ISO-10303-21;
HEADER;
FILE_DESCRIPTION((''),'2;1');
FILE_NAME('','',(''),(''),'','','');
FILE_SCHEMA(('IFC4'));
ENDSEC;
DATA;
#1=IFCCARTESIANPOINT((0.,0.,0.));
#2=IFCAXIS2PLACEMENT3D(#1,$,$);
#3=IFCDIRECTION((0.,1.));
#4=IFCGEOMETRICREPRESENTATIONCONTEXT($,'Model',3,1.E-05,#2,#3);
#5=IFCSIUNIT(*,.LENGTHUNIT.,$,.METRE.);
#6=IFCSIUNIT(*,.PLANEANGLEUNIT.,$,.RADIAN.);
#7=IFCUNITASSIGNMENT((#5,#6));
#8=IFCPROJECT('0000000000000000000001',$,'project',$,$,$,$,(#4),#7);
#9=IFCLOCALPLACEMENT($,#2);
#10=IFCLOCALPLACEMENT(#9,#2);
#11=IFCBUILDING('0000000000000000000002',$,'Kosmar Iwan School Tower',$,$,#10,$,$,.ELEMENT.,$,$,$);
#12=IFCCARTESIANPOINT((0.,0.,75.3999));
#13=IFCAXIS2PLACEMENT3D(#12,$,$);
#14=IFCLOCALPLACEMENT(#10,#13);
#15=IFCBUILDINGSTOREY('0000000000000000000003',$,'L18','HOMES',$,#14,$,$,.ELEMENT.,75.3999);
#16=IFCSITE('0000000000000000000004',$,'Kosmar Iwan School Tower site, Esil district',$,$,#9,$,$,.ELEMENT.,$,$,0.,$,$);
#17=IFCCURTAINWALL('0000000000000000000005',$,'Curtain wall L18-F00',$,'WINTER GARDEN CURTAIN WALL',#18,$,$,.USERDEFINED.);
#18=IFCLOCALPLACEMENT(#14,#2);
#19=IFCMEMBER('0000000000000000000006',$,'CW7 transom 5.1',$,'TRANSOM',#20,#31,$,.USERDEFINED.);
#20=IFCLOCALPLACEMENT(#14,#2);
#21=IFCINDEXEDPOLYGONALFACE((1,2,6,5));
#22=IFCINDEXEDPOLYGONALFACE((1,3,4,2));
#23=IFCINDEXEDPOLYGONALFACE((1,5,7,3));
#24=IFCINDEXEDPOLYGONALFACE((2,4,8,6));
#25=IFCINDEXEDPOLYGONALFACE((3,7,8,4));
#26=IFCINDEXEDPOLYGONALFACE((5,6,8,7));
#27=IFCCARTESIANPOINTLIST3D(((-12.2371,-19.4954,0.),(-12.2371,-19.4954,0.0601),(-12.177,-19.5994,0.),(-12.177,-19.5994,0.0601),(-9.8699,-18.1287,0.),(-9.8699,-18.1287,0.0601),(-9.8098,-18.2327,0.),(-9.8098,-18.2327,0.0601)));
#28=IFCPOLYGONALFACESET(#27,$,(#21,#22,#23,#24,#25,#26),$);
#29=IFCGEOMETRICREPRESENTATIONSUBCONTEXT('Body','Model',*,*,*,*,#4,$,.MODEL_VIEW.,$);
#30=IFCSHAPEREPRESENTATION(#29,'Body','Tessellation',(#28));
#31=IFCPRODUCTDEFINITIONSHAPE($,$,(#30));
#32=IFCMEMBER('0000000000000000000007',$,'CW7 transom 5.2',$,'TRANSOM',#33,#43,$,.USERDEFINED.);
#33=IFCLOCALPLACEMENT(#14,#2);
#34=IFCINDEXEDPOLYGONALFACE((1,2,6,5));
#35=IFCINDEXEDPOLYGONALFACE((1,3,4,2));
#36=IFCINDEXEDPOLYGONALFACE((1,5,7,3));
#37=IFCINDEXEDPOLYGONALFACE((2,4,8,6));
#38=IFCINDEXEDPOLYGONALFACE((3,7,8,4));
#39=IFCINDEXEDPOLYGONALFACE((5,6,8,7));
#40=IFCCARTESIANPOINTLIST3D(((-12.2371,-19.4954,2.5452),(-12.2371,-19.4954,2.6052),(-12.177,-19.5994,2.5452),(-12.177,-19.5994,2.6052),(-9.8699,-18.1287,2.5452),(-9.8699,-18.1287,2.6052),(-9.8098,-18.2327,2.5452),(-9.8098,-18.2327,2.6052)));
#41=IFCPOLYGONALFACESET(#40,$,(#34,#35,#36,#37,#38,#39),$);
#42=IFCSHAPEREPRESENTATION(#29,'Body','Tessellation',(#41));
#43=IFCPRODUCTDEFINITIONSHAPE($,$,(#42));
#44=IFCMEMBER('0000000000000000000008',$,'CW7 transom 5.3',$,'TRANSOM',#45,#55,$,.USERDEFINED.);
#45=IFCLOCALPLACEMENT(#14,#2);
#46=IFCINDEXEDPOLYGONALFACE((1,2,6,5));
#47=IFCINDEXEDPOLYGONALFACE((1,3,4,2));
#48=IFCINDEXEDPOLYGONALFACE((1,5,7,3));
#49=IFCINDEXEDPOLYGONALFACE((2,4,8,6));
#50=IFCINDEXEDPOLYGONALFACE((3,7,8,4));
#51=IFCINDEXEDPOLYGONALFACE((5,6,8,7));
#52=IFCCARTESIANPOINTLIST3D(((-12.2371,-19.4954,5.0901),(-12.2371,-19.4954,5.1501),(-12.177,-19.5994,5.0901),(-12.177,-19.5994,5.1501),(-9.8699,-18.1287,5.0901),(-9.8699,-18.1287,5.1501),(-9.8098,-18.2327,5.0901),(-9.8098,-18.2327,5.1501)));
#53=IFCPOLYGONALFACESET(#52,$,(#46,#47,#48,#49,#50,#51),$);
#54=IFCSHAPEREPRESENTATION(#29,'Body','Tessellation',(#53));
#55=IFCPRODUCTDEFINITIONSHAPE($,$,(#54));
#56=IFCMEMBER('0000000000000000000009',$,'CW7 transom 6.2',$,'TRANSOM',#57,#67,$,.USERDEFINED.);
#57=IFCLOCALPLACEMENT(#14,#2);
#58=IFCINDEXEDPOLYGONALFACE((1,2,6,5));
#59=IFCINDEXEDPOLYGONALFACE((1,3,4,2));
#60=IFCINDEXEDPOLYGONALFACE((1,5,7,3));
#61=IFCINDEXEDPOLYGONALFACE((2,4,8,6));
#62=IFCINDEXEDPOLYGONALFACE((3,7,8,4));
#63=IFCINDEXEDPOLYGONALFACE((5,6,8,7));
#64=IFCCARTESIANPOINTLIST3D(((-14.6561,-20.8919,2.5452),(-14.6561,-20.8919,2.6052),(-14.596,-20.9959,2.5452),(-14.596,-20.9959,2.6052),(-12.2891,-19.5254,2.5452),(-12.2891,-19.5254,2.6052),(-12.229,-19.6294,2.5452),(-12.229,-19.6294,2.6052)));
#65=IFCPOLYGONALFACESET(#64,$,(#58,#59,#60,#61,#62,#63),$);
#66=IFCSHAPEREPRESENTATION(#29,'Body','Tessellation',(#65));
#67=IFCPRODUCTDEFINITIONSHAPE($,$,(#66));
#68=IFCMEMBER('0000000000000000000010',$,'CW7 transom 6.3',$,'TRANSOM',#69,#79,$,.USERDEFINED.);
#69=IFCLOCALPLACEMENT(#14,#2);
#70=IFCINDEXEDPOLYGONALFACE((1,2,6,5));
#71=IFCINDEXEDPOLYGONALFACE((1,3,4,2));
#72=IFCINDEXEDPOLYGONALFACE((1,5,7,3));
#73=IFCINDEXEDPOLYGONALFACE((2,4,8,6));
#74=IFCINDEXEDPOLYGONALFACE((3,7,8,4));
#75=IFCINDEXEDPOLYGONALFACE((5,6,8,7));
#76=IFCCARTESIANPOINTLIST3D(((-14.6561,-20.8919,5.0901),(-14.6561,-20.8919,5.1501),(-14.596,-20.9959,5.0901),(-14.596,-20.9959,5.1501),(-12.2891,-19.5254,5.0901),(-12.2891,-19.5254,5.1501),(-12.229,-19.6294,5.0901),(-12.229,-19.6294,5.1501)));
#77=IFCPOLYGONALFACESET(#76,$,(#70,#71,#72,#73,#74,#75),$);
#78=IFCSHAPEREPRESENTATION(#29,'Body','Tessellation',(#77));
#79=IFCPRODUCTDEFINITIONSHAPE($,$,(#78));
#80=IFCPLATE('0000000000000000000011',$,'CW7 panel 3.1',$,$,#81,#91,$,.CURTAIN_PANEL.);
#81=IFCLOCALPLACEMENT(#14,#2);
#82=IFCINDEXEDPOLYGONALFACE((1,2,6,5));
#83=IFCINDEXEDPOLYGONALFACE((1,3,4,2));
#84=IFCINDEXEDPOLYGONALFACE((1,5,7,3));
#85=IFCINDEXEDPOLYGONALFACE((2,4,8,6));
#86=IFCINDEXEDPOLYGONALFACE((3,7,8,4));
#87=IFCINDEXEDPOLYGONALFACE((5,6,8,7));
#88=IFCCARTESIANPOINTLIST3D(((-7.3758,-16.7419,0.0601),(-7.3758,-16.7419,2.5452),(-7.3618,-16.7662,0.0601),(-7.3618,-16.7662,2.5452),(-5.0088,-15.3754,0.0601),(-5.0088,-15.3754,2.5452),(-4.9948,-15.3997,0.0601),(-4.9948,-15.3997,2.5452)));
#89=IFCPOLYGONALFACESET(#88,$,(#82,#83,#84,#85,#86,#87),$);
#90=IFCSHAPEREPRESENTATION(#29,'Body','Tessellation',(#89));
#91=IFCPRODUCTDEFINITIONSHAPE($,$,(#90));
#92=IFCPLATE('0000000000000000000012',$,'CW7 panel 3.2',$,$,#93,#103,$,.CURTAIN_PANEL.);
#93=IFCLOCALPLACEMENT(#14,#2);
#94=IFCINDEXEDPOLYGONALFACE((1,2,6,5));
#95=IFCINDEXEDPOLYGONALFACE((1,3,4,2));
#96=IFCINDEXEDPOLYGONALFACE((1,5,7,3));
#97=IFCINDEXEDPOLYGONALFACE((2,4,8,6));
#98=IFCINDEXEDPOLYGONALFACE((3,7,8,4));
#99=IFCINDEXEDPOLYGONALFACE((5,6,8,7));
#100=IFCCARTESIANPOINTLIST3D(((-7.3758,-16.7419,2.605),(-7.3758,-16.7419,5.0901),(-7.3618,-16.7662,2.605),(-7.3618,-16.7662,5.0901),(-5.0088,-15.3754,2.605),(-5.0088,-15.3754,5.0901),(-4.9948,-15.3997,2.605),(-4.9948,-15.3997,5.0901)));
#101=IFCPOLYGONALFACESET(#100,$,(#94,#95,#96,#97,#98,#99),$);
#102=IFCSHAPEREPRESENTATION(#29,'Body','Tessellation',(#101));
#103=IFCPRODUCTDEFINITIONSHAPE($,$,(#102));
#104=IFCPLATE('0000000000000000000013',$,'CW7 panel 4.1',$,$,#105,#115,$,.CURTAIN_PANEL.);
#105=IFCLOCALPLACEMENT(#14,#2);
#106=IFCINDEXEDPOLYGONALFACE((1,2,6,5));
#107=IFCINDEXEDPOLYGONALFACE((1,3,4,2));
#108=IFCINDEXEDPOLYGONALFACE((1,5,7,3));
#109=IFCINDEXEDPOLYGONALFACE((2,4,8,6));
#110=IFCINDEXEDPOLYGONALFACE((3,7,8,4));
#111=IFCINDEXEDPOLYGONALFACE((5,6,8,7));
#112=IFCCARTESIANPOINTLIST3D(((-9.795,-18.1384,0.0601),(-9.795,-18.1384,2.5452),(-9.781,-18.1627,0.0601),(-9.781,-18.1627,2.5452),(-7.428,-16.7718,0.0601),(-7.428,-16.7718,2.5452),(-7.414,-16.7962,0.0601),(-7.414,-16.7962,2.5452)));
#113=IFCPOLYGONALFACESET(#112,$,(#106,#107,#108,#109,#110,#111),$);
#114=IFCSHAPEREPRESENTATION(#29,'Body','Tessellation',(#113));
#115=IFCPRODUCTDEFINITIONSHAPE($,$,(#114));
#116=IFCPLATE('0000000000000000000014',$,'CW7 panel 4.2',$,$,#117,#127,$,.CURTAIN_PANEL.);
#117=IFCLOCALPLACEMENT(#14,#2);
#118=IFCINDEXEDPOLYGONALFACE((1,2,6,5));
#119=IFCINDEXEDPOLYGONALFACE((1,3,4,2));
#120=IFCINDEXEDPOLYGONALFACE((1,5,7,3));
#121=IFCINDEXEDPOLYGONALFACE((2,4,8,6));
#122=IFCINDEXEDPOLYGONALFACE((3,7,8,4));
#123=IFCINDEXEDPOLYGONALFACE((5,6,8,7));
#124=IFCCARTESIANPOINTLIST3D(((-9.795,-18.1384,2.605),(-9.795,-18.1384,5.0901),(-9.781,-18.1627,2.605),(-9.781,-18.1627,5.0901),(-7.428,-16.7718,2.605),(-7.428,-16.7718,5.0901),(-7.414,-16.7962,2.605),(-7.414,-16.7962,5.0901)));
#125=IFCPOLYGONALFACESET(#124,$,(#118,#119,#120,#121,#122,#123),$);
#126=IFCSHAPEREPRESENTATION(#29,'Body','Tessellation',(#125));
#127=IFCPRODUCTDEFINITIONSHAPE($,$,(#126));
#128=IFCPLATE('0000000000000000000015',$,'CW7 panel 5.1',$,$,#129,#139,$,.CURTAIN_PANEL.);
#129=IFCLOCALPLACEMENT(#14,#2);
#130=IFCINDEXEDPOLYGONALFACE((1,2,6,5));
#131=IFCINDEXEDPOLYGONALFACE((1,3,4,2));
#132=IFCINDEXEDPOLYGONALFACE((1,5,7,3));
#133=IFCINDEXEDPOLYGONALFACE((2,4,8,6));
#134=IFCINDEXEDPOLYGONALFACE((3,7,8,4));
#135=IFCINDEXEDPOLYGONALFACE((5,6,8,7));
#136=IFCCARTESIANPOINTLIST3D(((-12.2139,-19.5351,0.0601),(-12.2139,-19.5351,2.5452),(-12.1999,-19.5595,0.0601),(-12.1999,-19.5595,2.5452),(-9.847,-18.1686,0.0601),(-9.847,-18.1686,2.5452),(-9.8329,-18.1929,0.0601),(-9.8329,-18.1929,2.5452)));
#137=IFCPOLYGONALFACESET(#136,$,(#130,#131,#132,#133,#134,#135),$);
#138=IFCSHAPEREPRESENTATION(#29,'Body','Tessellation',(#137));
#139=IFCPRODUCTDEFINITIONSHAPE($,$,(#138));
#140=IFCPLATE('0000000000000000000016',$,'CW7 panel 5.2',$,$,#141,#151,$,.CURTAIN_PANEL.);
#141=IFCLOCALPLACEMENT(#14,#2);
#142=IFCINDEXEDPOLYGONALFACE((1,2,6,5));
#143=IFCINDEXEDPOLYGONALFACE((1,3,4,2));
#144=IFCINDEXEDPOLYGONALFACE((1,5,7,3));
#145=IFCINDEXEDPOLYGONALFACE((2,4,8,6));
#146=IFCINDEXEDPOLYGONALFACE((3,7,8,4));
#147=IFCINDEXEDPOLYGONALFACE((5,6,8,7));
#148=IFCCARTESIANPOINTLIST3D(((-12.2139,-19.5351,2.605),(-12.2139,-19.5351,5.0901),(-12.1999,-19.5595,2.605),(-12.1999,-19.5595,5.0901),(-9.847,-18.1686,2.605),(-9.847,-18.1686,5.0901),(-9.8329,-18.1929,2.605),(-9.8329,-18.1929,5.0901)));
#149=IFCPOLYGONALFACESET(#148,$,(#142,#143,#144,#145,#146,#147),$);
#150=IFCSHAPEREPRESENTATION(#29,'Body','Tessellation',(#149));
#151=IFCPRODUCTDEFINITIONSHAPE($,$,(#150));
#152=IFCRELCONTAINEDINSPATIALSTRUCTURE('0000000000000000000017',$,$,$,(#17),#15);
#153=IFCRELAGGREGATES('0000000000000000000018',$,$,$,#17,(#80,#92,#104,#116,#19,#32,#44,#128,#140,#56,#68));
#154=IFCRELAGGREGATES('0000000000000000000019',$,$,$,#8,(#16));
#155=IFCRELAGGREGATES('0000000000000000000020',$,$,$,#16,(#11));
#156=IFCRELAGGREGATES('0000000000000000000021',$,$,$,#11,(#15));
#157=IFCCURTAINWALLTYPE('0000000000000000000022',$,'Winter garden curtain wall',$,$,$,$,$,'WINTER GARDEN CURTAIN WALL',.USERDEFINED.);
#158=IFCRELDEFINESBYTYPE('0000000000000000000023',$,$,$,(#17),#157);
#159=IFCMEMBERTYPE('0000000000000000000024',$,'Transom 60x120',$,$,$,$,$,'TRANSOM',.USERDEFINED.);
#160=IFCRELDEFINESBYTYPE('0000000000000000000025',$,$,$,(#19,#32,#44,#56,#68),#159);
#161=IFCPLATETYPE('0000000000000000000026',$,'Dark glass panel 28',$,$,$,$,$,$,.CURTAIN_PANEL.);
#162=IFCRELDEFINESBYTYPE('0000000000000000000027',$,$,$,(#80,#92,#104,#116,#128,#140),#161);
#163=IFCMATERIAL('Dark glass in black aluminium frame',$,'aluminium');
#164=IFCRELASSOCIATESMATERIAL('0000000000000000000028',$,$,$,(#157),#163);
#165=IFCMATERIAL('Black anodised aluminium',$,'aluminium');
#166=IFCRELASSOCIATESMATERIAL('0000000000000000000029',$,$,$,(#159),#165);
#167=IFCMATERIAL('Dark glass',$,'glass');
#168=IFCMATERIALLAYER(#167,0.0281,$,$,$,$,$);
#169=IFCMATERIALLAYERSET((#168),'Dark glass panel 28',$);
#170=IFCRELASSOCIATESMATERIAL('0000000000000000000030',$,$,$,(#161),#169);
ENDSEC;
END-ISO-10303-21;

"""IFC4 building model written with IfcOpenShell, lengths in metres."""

from ifc_helpers import new_model, si_unit, direction, frame, origin, origin_2d, place, context, subcontext, project, spatial, rectangle, extrude, material, layer, layer_set, material_profile, profile_set, type_object, element, aggregate, save


model = new_model("IFC4")

# Units and contexts
model_context = context("Model", 3, precision=1e-05, world=origin(), true_north=direction((0.0, 1.0)))
body_context = subcontext(model_context, "Body", "Model", "MODEL_VIEW")
ifc_project = project(units=[si_unit("LENGTHUNIT", "METRE"), si_unit("PLANEANGLEUNIT", "RADIAN")], contexts=[model_context])

# Site, building, storey
site_placement = place(None, origin())
site = spatial("IfcSite", under=ifc_project, at=site_placement, Name="Kosmar Iwan School Tower site, Esil district", CompositionType="ELEMENT", RefElevation=0.0)
building_placement = place(site_placement, origin())
building = spatial("IfcBuilding", under=site, at=building_placement, Name="Kosmar Iwan School Tower", CompositionType="ELEMENT")
storey_placement = place(building_placement, frame((0.0, 0.0, 75.3999)))
storey = spatial("IfcBuildingStorey", under=building, at=storey_placement, Name="L18", Description="HOMES", CompositionType="ELEMENT", Elevation=75.3999)

# Curtain wall
ifc_material_1 = material(Name="Dark glass in black aluminium frame", Category="aluminium")
curtain_wall_type = type_object("IfcCurtainWallType", Name="Winter garden curtain wall", ElementType="WINTER GARDEN CURTAIN WALL", PredefinedType="USERDEFINED", material=ifc_material_1)
curtain_wall_placement = place(storey_placement, origin())
curtain_wall = element("IfcCurtainWall", 1, at=curtain_wall_placement, inside=storey, type_object=curtain_wall_type, Name="Curtain wall L18-F00", ObjectType="WINTER GARDEN CURTAIN WALL", PredefinedType="USERDEFINED")

# Members
ifc_material_2 = material(Name="Black anodised aluminium", Category="aluminium")
ifc_material_profile_1 = material_profile(ifc_material_2, rectangle(XDim=0.1201, YDim=0.0601, at=origin_2d()), Name="TRANSOM 60x120")
ifc_profile_set_1 = profile_set([ifc_material_profile_1], Name="Black anodised aluminium")
member_type_1 = type_object("IfcMemberType", Name="Transom 60x120", ElementType="TRANSOM", PredefinedType="USERDEFINED", material=ifc_profile_set_1)
member_1_placement = place(storey_placement, frame((-9.8398, -18.1807, 0.03), z_axis=(-0.866025, -0.500001, 0.0), x_axis=(0.500001, -0.866025, 0.0)))
member_1 = element("IfcMember", 2, at=member_1_placement, type_object=member_type_1, Name="CW7 transom 5.1", ObjectType="TRANSOM", PredefinedType="USERDEFINED", context=body_context, shape_type="SweptSolid", body=[
    extrude(rectangle(XDim=0.1201, YDim=0.0601, at=origin_2d()), origin(), (0.0, 0.0, 1.0), 2.7334),
])
member_2_placement = place(storey_placement, frame((-9.8398, -18.1807, 2.5752), z_axis=(-0.866025, -0.500001, 0.0), x_axis=(0.500001, -0.866025, 0.0)))
member_2 = element("IfcMember", 3, at=member_2_placement, type_object=member_type_1, Name="CW7 transom 5.2", ObjectType="TRANSOM", PredefinedType="USERDEFINED", context=body_context, shape_type="SweptSolid", body=[
    extrude(rectangle(XDim=0.1201, YDim=0.0601, at=origin_2d()), origin(), (0.0, 0.0, 1.0), 2.7334),
])
member_3_placement = place(storey_placement, frame((-9.8398, -18.1807, 5.1201), z_axis=(-0.866025, -0.500001, 0.0), x_axis=(0.500001, -0.866025, 0.0)))
member_3 = element("IfcMember", 4, at=member_3_placement, type_object=member_type_1, Name="CW7 transom 5.3", ObjectType="TRANSOM", PredefinedType="USERDEFINED", context=body_context, shape_type="SweptSolid", body=[
    extrude(rectangle(XDim=0.1201, YDim=0.0601, at=origin_2d()), origin(), (0.0, 0.0, 1.0), 2.7334),
])
member_4_placement = place(storey_placement, frame((-12.259, -19.5774, 2.5752), z_axis=(-0.866041, -0.499972, 0.0), x_axis=(0.499972, -0.866041, 0.0)))
member_4 = element("IfcMember", 5, at=member_4_placement, type_object=member_type_1, Name="CW7 transom 6.2", ObjectType="TRANSOM", PredefinedType="USERDEFINED", context=body_context, shape_type="SweptSolid", body=[
    extrude(rectangle(XDim=0.1201, YDim=0.0601, at=origin_2d()), origin(), (0.0, 0.0, 1.0), 2.7332),
])
member_5_placement = place(storey_placement, frame((-12.259, -19.5774, 5.1201), z_axis=(-0.866041, -0.499972, 0.0), x_axis=(0.499972, -0.866041, 0.0)))
member_5 = element("IfcMember", 6, at=member_5_placement, type_object=member_type_1, Name="CW7 transom 6.3", ObjectType="TRANSOM", PredefinedType="USERDEFINED", context=body_context, shape_type="SweptSolid", body=[
    extrude(rectangle(XDim=0.1201, YDim=0.0601, at=origin_2d()), origin(), (0.0, 0.0, 1.0), 2.7332),
])

# Plates
ifc_material_3 = material(Name="Dark glass", Category="glass")
ifc_layer = layer(ifc_material_3, 0.0281)
ifc_layer_set = layer_set([ifc_layer], Name="Dark glass panel 28")
plate_type = type_object("IfcPlateType", Name="Dark glass panel 28", PredefinedType="CURTAIN_PANEL", material=ifc_layer_set)
plate_1_placement = place(storey_placement, frame((-6.1853, -16.0708, 0.0601), z_axis=(0.0, 0.0, 1.0), x_axis=(-0.866025, -0.5, 0.0)))
plate_1 = element("IfcPlate", 7, at=plate_1_placement, type_object=plate_type, Name="CW7 panel 3.1", PredefinedType="CURTAIN_PANEL", context=body_context, shape_type="SweptSolid", body=[
    extrude(rectangle(XDim=2.7332, YDim=0.0281, at=origin_2d()), origin(), (0.0, 0.0, 1.0), 2.4851),
])
plate_2_placement = place(storey_placement, frame((-6.1853, -16.0708, 2.605), z_axis=(0.0, 0.0, 1.0), x_axis=(-0.866025, -0.5, 0.0)))
plate_2 = element("IfcPlate", 8, at=plate_2_placement, type_object=plate_type, Name="CW7 panel 3.2", PredefinedType="CURTAIN_PANEL", context=body_context, shape_type="SweptSolid", body=[
    extrude(rectangle(XDim=2.7332, YDim=0.0281, at=origin_2d()), origin(), (0.0, 0.0, 1.0), 2.4851),
])
plate_3_placement = place(storey_placement, frame((-8.6045, -17.4673, 0.0601), z_axis=(0.0, 0.0, 1.0), x_axis=(-0.866025, -0.5, 0.0)))
plate_3 = element("IfcPlate", 9, at=plate_3_placement, type_object=plate_type, Name="CW7 panel 4.1", PredefinedType="CURTAIN_PANEL", context=body_context, shape_type="SweptSolid", body=[
    extrude(rectangle(XDim=2.7332, YDim=0.0281, at=origin_2d()), origin(), (0.0, 0.0, 1.0), 2.4851),
])
plate_4_placement = place(storey_placement, frame((-8.6045, -17.4673, 2.605), z_axis=(0.0, 0.0, 1.0), x_axis=(-0.866025, -0.5, 0.0)))
plate_4 = element("IfcPlate", 10, at=plate_4_placement, type_object=plate_type, Name="CW7 panel 4.2", PredefinedType="CURTAIN_PANEL", context=body_context, shape_type="SweptSolid", body=[
    extrude(rectangle(XDim=2.7332, YDim=0.0281, at=origin_2d()), origin(), (0.0, 0.0, 1.0), 2.4851),
])
plate_5_placement = place(storey_placement, frame((-11.0234, -18.864, 0.0601), z_axis=(0.0, 0.0, 1.0), x_axis=(-0.866025, -0.5, 0.0)))
plate_5 = element("IfcPlate", 11, at=plate_5_placement, type_object=plate_type, Name="CW7 panel 5.1", PredefinedType="CURTAIN_PANEL", context=body_context, shape_type="SweptSolid", body=[
    extrude(rectangle(XDim=2.7332, YDim=0.0281, at=origin_2d()), origin(), (0.0, 0.0, 1.0), 2.4851),
])
plate_6_placement = place(storey_placement, frame((-11.0234, -18.864, 2.605), z_axis=(0.0, 0.0, 1.0), x_axis=(-0.866025, -0.5, 0.0)))
plate_6 = element("IfcPlate", 12, at=plate_6_placement, type_object=plate_type, Name="CW7 panel 5.2", PredefinedType="CURTAIN_PANEL", context=body_context, shape_type="SweptSolid", body=[
    extrude(rectangle(XDim=2.7332, YDim=0.0281, at=origin_2d()), origin(), (0.0, 0.0, 1.0), 2.4851),
])
aggregate(curtain_wall, [plate_1, plate_2, plate_3, plate_4, member_1, member_2, member_3, plate_5, plate_6, member_4, member_5])

save(model, "model.ifc")
